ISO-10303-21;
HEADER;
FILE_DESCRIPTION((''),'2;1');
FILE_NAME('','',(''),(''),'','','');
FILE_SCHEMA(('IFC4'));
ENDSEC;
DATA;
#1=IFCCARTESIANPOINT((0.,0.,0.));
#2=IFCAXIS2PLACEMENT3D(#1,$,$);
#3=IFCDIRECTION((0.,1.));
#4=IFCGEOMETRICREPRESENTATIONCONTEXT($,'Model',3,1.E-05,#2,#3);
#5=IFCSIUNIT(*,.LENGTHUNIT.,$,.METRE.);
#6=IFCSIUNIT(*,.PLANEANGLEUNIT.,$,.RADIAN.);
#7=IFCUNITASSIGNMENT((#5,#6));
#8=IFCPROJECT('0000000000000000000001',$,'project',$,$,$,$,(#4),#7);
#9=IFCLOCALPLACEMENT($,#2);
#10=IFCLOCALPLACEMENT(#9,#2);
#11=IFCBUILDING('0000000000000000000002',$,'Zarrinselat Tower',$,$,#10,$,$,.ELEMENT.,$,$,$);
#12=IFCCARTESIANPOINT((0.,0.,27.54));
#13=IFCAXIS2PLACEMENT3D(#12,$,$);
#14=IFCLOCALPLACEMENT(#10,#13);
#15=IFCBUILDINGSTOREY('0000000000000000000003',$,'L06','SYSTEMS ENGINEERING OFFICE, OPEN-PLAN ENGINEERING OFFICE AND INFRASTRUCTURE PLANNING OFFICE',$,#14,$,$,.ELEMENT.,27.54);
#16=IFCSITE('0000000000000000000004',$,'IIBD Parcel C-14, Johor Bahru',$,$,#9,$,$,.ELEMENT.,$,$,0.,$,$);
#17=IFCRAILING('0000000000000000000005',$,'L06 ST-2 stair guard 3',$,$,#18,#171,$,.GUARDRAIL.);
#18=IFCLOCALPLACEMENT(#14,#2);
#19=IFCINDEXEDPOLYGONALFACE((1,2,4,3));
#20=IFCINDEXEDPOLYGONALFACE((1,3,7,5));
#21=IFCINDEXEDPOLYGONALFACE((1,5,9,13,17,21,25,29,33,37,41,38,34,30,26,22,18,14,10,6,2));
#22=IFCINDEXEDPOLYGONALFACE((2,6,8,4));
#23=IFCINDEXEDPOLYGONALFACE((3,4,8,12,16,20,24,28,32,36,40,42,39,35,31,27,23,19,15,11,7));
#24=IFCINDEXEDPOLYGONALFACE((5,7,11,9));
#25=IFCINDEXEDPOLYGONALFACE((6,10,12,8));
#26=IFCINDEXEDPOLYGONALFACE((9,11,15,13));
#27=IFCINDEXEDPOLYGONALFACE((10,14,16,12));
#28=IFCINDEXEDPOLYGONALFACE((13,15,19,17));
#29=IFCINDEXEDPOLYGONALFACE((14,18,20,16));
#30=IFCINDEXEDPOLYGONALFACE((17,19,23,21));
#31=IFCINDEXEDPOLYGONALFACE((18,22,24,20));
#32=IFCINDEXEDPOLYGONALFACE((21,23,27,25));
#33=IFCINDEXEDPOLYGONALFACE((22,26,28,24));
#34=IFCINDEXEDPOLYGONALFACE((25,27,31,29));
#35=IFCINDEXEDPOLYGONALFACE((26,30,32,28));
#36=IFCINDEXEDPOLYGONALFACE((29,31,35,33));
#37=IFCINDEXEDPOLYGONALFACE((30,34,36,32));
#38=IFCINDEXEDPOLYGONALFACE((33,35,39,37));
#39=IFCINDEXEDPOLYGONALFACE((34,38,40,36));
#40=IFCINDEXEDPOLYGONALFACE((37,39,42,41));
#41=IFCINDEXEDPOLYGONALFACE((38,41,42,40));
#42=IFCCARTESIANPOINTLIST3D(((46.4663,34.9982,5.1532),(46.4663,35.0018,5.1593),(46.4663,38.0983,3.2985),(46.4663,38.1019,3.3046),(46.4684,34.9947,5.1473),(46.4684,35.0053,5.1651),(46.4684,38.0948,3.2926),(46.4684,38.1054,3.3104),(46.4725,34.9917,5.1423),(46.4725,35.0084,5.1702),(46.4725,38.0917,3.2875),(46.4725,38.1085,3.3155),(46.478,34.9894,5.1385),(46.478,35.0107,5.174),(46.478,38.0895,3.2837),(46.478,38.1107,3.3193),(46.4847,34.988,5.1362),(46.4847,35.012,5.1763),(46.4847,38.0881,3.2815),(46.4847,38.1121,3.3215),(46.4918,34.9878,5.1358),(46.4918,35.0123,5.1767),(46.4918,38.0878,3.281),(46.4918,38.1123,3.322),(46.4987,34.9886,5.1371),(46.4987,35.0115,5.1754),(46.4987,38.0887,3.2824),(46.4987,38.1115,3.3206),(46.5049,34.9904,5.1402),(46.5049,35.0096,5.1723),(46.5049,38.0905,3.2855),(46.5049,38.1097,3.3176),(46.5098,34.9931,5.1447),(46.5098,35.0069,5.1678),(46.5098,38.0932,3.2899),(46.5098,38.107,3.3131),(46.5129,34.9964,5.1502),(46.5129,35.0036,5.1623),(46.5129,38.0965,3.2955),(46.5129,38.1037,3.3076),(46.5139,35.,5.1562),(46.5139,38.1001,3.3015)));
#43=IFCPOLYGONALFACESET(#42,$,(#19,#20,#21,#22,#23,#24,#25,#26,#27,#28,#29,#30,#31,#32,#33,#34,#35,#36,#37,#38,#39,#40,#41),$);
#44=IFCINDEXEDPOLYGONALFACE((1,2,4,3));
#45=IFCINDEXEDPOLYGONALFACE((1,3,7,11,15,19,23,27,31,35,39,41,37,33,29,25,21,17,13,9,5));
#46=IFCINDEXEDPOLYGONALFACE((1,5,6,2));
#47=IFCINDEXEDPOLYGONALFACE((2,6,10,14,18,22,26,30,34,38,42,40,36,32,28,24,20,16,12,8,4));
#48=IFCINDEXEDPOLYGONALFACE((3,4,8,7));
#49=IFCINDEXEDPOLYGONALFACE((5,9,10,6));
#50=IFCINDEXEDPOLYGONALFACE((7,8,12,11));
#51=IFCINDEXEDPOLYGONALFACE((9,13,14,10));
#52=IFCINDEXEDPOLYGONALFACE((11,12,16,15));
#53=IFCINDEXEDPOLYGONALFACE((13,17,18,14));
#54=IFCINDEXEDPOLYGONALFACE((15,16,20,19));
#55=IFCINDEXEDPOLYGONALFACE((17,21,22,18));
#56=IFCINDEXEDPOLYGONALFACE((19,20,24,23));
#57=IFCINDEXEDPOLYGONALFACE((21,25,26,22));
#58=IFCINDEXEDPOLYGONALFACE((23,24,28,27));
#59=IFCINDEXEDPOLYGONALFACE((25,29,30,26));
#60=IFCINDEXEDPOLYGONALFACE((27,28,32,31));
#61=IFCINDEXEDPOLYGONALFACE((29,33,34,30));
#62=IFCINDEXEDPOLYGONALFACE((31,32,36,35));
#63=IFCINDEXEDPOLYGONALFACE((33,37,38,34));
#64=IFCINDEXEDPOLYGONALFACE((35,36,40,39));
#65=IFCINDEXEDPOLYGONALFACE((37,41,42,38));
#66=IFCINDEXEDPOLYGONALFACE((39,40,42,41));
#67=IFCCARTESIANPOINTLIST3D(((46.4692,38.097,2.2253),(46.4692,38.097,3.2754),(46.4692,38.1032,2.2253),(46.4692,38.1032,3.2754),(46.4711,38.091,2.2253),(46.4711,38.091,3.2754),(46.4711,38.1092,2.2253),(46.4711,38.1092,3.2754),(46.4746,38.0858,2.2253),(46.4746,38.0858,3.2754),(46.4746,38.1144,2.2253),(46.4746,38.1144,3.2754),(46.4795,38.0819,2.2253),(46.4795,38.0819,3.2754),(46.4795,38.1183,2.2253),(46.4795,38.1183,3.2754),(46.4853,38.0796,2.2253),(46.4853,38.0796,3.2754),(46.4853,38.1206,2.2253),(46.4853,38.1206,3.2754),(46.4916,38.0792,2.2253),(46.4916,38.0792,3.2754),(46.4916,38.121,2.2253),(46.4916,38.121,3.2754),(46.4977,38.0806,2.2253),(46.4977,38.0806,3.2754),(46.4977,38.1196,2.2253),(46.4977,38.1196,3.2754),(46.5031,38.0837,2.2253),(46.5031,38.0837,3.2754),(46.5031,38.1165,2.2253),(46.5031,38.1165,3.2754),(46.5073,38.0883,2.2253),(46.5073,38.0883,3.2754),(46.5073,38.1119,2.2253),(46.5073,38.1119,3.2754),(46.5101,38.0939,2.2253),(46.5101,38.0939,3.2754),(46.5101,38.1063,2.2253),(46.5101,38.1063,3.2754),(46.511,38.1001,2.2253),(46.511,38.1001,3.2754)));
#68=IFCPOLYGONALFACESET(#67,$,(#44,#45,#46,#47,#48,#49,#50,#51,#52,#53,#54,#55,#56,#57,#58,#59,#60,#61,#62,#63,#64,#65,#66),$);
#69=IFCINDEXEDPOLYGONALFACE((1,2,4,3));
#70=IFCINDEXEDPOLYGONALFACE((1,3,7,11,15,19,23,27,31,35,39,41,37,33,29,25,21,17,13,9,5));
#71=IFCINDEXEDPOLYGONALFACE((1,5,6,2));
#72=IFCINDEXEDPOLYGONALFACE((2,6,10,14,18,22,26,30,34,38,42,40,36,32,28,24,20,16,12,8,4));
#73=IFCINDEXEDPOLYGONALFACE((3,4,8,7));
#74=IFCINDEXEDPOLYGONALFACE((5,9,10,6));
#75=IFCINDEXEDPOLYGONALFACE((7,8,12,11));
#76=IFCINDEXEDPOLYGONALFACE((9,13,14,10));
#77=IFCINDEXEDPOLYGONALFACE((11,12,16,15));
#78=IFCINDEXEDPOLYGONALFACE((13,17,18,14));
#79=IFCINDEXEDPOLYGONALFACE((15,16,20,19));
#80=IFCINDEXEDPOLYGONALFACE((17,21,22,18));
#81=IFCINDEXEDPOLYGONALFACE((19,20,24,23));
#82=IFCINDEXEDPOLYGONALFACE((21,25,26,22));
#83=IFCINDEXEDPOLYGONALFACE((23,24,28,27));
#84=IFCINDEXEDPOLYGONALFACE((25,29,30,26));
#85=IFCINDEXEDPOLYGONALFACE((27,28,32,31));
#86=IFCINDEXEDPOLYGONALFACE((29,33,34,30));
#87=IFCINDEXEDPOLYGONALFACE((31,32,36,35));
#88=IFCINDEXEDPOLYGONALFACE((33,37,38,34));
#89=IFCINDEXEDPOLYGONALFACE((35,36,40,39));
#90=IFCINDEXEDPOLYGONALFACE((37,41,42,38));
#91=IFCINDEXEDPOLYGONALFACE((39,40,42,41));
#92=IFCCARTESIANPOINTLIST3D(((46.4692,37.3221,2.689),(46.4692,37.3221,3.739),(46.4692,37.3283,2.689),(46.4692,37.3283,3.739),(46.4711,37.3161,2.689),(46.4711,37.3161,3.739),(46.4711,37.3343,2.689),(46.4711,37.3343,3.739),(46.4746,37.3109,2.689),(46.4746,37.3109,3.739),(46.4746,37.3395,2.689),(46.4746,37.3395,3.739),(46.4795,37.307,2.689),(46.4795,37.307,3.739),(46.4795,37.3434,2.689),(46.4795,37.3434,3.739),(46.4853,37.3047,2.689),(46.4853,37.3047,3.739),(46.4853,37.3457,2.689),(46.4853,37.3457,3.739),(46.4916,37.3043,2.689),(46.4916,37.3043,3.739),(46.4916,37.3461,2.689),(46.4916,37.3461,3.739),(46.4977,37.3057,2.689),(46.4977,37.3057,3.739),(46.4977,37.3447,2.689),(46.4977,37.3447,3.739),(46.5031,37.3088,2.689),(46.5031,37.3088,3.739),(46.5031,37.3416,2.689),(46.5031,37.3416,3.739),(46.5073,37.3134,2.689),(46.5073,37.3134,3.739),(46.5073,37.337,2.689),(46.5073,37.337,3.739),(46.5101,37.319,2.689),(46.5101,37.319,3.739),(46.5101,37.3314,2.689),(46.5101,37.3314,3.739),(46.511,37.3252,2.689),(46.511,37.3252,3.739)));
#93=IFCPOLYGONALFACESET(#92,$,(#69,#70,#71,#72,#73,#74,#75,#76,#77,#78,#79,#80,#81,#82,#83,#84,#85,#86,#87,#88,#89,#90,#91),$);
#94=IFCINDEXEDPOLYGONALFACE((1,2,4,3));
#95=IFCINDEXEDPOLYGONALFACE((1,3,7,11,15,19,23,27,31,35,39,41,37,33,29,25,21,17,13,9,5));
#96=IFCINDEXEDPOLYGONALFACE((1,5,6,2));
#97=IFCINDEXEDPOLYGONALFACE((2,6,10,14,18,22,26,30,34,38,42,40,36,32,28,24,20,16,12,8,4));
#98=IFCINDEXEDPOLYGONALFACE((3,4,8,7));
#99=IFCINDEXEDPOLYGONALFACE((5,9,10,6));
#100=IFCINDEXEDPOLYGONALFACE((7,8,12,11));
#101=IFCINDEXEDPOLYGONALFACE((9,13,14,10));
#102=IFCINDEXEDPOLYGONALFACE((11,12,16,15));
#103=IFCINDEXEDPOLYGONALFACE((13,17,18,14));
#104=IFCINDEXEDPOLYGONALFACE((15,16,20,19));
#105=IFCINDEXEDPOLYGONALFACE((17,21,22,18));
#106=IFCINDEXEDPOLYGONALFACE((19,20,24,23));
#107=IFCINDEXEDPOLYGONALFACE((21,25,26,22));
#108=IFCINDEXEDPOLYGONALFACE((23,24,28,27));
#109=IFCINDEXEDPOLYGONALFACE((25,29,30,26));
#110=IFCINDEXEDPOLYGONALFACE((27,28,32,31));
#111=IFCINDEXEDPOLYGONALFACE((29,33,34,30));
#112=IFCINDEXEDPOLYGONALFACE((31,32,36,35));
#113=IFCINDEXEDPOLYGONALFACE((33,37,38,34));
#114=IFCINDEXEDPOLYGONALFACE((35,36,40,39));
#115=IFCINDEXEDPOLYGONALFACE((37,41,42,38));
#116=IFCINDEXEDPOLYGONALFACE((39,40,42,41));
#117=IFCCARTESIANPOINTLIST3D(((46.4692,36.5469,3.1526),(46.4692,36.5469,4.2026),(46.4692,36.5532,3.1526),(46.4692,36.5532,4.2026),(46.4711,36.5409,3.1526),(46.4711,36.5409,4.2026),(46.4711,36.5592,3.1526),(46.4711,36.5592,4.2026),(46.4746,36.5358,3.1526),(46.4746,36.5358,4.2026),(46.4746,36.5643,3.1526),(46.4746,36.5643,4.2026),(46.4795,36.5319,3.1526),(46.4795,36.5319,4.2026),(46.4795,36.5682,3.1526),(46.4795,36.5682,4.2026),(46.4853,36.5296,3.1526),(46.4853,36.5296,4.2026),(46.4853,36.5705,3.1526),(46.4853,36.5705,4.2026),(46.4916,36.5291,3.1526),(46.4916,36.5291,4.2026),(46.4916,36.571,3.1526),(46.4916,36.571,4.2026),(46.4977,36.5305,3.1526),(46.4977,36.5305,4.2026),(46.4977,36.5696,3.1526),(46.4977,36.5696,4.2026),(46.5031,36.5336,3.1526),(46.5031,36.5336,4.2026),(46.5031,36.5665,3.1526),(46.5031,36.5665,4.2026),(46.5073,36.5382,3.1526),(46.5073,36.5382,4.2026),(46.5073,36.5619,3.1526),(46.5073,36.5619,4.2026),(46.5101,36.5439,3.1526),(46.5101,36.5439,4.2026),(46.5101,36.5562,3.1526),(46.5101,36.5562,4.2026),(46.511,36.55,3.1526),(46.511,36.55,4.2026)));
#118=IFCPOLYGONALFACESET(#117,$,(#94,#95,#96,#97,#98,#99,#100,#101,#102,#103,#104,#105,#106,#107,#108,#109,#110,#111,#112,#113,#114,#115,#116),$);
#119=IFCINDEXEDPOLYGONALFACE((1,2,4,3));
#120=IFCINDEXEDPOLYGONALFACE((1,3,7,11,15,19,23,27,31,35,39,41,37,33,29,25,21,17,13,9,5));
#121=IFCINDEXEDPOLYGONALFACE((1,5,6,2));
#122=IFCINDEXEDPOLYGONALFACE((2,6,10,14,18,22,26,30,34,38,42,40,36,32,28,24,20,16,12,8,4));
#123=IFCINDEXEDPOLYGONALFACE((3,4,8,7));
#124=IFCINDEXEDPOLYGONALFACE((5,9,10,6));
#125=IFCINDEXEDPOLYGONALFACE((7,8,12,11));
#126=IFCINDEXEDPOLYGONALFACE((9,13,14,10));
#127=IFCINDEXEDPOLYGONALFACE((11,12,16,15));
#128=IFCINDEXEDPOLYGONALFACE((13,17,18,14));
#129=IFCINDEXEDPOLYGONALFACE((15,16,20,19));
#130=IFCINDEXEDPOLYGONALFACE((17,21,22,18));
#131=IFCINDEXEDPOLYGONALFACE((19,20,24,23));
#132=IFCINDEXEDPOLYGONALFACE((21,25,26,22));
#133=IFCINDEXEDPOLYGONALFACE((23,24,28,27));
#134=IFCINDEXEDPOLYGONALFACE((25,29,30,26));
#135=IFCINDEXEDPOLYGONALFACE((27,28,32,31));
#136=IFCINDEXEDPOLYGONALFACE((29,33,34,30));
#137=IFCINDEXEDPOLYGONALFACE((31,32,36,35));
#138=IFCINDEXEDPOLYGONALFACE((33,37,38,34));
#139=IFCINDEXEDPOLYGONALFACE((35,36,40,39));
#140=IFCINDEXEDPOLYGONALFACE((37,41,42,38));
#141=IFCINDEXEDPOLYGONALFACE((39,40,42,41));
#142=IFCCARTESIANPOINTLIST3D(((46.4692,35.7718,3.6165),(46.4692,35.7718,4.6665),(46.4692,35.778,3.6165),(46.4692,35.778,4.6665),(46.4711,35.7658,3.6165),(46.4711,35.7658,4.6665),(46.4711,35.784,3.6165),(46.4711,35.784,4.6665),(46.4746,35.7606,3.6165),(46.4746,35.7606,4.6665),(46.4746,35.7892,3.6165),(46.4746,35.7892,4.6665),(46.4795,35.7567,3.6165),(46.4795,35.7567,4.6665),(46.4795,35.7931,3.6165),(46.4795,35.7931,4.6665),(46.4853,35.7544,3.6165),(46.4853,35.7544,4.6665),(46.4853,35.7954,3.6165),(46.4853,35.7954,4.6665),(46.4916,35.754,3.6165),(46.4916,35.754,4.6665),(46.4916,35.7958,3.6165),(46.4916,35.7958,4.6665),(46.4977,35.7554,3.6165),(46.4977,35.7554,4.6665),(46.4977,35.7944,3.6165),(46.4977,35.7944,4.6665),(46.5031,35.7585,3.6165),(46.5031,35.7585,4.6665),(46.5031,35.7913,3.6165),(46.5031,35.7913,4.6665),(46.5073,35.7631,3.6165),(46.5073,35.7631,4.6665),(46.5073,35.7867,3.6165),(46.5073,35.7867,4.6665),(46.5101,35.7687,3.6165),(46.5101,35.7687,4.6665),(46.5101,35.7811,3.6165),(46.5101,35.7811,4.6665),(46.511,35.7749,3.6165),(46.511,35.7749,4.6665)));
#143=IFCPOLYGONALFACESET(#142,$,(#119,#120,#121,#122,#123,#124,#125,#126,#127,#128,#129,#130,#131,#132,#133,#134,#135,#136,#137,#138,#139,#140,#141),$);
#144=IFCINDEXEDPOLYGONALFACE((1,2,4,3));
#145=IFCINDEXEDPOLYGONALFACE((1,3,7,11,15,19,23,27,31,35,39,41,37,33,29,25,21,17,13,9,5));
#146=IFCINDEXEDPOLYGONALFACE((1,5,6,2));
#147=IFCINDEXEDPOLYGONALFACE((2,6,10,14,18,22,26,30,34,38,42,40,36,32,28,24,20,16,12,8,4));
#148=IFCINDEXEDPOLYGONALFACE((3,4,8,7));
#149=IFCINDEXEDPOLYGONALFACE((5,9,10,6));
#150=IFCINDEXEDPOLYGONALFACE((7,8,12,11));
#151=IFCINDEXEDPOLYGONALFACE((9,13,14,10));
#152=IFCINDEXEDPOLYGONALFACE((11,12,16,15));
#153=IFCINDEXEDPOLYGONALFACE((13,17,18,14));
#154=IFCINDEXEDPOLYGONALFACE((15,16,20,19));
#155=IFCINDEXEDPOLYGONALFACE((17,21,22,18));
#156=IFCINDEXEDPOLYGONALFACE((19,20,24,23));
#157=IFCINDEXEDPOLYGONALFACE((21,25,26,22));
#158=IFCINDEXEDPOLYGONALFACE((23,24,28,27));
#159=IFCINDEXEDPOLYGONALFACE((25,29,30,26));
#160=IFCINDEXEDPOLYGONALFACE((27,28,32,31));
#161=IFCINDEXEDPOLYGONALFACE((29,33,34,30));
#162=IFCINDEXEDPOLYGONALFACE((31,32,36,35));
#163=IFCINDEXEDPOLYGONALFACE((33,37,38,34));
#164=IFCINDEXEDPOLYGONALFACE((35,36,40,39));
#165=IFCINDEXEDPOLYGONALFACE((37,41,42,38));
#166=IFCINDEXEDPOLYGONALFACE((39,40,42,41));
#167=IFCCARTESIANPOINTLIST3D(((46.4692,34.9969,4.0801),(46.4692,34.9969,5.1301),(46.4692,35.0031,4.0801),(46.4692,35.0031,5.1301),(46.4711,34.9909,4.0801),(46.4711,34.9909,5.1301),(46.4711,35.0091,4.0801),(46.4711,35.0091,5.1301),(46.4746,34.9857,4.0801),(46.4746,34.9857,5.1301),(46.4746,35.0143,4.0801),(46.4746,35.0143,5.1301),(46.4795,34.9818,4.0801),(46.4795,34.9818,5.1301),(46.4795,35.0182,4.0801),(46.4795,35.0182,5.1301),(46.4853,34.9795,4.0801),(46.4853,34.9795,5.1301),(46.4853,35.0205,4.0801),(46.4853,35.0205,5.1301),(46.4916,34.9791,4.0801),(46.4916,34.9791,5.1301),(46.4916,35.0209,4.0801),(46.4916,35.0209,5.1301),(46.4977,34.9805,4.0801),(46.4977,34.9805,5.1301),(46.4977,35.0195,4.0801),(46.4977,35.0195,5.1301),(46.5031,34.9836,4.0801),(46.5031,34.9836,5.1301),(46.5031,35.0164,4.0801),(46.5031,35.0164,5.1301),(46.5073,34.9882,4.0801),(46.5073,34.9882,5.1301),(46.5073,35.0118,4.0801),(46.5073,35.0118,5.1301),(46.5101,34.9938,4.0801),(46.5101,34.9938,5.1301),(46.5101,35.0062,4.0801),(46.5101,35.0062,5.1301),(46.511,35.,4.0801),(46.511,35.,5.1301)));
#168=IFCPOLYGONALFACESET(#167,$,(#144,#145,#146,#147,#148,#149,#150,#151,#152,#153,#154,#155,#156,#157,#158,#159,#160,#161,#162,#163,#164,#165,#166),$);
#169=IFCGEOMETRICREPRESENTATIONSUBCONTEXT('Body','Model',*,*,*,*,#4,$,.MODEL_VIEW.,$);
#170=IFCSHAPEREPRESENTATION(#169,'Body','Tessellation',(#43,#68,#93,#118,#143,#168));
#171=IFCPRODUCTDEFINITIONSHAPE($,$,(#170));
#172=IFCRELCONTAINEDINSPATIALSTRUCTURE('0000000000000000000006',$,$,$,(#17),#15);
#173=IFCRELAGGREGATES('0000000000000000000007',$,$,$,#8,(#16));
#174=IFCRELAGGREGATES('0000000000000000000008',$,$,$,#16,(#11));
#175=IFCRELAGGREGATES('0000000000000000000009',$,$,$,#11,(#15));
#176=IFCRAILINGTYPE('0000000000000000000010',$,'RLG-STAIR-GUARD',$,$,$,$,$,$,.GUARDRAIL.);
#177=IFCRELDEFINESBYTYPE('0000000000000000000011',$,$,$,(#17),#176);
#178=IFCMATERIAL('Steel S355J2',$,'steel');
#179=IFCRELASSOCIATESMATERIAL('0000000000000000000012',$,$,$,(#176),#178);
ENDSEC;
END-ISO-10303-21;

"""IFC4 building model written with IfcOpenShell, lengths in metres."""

from ifc_helpers import new_model, si_unit, direction, frame, origin, origin_2d, place, context, subcontext, project, spatial, circle, extrude, material, type_object, element, save


model = new_model("IFC4")

# Units and contexts
model_context = context("Model", 3, precision=1e-05, world=origin(), true_north=direction((0.0, 1.0)))
body_context = subcontext(model_context, "Body", "Model", "MODEL_VIEW")
ifc_project = project(units=[si_unit("LENGTHUNIT", "METRE"), si_unit("PLANEANGLEUNIT", "RADIAN")], contexts=[model_context])

# Site, building, storey
site_placement = place(None, origin())
site = spatial("IfcSite", under=ifc_project, at=site_placement, Name="IIBD Parcel C-14, Johor Bahru", CompositionType="ELEMENT", RefElevation=0.0)
building_placement = place(site_placement, origin())
building = spatial("IfcBuilding", under=site, at=building_placement, Name="Zarrinselat Tower", CompositionType="ELEMENT")
storey_placement = place(building_placement, frame((0.0, 0.0, 27.54)))
storey = spatial("IfcBuildingStorey", under=building, at=storey_placement, Name="L06", Description="SYSTEMS ENGINEERING OFFICE, OPEN-PLAN ENGINEERING OFFICE AND INFRASTRUCTURE PLANNING OFFICE", CompositionType="ELEMENT", Elevation=27.54)

# Railing
ifc_material_1 = material(Name="Steel S355J2", Category="steel")
railing_type_1 = type_object("IfcRailingType", Name="RLG-STAIR-GUARD", PredefinedType="GUARDRAIL", material=ifc_material_1)
railing_1_placement = place(storey_placement, frame((46.49, 38.1001, 2.2253)))
element("IfcRailing", 1, at=railing_1_placement, inside=storey, type_object=railing_type_1, Name="L06 ST-2 stair guard 3", PredefinedType="GUARDRAIL", context=body_context, shape_type="SweptSolid", body=[
    extrude(circle(Radius=0.0239, at=origin_2d()), frame((0.0, 0.0, 1.0762), z_axis=(0.0, -0.858142, 0.513412), x_axis=(1.0, 0.0, 0.0)), (0.0, 0.0, 1.0), 3.6125),
    extrude(circle(Radius=0.021, at=origin_2d()), origin(), (0.0, 0.0, 1.0), 1.05),
    extrude(circle(Radius=0.021, at=origin_2d()), frame((0.0, -0.7749, 0.4636)), (0.0, 0.0, 1.0), 1.05),
    extrude(circle(Radius=0.021, at=origin_2d()), frame((0.0, -1.55, 0.9272)), (0.0, 0.0, 1.0), 1.05),
    extrude(circle(Radius=0.021, at=origin_2d()), frame((0.0, -2.3252, 1.3911)), (0.0, 0.0, 1.0), 1.05),
    extrude(circle(Radius=0.021, at=origin_2d()), frame((0.0, -3.1001, 1.8547)), (0.0, 0.0, 1.0), 1.05),
])

save(model, "model.ifc")
